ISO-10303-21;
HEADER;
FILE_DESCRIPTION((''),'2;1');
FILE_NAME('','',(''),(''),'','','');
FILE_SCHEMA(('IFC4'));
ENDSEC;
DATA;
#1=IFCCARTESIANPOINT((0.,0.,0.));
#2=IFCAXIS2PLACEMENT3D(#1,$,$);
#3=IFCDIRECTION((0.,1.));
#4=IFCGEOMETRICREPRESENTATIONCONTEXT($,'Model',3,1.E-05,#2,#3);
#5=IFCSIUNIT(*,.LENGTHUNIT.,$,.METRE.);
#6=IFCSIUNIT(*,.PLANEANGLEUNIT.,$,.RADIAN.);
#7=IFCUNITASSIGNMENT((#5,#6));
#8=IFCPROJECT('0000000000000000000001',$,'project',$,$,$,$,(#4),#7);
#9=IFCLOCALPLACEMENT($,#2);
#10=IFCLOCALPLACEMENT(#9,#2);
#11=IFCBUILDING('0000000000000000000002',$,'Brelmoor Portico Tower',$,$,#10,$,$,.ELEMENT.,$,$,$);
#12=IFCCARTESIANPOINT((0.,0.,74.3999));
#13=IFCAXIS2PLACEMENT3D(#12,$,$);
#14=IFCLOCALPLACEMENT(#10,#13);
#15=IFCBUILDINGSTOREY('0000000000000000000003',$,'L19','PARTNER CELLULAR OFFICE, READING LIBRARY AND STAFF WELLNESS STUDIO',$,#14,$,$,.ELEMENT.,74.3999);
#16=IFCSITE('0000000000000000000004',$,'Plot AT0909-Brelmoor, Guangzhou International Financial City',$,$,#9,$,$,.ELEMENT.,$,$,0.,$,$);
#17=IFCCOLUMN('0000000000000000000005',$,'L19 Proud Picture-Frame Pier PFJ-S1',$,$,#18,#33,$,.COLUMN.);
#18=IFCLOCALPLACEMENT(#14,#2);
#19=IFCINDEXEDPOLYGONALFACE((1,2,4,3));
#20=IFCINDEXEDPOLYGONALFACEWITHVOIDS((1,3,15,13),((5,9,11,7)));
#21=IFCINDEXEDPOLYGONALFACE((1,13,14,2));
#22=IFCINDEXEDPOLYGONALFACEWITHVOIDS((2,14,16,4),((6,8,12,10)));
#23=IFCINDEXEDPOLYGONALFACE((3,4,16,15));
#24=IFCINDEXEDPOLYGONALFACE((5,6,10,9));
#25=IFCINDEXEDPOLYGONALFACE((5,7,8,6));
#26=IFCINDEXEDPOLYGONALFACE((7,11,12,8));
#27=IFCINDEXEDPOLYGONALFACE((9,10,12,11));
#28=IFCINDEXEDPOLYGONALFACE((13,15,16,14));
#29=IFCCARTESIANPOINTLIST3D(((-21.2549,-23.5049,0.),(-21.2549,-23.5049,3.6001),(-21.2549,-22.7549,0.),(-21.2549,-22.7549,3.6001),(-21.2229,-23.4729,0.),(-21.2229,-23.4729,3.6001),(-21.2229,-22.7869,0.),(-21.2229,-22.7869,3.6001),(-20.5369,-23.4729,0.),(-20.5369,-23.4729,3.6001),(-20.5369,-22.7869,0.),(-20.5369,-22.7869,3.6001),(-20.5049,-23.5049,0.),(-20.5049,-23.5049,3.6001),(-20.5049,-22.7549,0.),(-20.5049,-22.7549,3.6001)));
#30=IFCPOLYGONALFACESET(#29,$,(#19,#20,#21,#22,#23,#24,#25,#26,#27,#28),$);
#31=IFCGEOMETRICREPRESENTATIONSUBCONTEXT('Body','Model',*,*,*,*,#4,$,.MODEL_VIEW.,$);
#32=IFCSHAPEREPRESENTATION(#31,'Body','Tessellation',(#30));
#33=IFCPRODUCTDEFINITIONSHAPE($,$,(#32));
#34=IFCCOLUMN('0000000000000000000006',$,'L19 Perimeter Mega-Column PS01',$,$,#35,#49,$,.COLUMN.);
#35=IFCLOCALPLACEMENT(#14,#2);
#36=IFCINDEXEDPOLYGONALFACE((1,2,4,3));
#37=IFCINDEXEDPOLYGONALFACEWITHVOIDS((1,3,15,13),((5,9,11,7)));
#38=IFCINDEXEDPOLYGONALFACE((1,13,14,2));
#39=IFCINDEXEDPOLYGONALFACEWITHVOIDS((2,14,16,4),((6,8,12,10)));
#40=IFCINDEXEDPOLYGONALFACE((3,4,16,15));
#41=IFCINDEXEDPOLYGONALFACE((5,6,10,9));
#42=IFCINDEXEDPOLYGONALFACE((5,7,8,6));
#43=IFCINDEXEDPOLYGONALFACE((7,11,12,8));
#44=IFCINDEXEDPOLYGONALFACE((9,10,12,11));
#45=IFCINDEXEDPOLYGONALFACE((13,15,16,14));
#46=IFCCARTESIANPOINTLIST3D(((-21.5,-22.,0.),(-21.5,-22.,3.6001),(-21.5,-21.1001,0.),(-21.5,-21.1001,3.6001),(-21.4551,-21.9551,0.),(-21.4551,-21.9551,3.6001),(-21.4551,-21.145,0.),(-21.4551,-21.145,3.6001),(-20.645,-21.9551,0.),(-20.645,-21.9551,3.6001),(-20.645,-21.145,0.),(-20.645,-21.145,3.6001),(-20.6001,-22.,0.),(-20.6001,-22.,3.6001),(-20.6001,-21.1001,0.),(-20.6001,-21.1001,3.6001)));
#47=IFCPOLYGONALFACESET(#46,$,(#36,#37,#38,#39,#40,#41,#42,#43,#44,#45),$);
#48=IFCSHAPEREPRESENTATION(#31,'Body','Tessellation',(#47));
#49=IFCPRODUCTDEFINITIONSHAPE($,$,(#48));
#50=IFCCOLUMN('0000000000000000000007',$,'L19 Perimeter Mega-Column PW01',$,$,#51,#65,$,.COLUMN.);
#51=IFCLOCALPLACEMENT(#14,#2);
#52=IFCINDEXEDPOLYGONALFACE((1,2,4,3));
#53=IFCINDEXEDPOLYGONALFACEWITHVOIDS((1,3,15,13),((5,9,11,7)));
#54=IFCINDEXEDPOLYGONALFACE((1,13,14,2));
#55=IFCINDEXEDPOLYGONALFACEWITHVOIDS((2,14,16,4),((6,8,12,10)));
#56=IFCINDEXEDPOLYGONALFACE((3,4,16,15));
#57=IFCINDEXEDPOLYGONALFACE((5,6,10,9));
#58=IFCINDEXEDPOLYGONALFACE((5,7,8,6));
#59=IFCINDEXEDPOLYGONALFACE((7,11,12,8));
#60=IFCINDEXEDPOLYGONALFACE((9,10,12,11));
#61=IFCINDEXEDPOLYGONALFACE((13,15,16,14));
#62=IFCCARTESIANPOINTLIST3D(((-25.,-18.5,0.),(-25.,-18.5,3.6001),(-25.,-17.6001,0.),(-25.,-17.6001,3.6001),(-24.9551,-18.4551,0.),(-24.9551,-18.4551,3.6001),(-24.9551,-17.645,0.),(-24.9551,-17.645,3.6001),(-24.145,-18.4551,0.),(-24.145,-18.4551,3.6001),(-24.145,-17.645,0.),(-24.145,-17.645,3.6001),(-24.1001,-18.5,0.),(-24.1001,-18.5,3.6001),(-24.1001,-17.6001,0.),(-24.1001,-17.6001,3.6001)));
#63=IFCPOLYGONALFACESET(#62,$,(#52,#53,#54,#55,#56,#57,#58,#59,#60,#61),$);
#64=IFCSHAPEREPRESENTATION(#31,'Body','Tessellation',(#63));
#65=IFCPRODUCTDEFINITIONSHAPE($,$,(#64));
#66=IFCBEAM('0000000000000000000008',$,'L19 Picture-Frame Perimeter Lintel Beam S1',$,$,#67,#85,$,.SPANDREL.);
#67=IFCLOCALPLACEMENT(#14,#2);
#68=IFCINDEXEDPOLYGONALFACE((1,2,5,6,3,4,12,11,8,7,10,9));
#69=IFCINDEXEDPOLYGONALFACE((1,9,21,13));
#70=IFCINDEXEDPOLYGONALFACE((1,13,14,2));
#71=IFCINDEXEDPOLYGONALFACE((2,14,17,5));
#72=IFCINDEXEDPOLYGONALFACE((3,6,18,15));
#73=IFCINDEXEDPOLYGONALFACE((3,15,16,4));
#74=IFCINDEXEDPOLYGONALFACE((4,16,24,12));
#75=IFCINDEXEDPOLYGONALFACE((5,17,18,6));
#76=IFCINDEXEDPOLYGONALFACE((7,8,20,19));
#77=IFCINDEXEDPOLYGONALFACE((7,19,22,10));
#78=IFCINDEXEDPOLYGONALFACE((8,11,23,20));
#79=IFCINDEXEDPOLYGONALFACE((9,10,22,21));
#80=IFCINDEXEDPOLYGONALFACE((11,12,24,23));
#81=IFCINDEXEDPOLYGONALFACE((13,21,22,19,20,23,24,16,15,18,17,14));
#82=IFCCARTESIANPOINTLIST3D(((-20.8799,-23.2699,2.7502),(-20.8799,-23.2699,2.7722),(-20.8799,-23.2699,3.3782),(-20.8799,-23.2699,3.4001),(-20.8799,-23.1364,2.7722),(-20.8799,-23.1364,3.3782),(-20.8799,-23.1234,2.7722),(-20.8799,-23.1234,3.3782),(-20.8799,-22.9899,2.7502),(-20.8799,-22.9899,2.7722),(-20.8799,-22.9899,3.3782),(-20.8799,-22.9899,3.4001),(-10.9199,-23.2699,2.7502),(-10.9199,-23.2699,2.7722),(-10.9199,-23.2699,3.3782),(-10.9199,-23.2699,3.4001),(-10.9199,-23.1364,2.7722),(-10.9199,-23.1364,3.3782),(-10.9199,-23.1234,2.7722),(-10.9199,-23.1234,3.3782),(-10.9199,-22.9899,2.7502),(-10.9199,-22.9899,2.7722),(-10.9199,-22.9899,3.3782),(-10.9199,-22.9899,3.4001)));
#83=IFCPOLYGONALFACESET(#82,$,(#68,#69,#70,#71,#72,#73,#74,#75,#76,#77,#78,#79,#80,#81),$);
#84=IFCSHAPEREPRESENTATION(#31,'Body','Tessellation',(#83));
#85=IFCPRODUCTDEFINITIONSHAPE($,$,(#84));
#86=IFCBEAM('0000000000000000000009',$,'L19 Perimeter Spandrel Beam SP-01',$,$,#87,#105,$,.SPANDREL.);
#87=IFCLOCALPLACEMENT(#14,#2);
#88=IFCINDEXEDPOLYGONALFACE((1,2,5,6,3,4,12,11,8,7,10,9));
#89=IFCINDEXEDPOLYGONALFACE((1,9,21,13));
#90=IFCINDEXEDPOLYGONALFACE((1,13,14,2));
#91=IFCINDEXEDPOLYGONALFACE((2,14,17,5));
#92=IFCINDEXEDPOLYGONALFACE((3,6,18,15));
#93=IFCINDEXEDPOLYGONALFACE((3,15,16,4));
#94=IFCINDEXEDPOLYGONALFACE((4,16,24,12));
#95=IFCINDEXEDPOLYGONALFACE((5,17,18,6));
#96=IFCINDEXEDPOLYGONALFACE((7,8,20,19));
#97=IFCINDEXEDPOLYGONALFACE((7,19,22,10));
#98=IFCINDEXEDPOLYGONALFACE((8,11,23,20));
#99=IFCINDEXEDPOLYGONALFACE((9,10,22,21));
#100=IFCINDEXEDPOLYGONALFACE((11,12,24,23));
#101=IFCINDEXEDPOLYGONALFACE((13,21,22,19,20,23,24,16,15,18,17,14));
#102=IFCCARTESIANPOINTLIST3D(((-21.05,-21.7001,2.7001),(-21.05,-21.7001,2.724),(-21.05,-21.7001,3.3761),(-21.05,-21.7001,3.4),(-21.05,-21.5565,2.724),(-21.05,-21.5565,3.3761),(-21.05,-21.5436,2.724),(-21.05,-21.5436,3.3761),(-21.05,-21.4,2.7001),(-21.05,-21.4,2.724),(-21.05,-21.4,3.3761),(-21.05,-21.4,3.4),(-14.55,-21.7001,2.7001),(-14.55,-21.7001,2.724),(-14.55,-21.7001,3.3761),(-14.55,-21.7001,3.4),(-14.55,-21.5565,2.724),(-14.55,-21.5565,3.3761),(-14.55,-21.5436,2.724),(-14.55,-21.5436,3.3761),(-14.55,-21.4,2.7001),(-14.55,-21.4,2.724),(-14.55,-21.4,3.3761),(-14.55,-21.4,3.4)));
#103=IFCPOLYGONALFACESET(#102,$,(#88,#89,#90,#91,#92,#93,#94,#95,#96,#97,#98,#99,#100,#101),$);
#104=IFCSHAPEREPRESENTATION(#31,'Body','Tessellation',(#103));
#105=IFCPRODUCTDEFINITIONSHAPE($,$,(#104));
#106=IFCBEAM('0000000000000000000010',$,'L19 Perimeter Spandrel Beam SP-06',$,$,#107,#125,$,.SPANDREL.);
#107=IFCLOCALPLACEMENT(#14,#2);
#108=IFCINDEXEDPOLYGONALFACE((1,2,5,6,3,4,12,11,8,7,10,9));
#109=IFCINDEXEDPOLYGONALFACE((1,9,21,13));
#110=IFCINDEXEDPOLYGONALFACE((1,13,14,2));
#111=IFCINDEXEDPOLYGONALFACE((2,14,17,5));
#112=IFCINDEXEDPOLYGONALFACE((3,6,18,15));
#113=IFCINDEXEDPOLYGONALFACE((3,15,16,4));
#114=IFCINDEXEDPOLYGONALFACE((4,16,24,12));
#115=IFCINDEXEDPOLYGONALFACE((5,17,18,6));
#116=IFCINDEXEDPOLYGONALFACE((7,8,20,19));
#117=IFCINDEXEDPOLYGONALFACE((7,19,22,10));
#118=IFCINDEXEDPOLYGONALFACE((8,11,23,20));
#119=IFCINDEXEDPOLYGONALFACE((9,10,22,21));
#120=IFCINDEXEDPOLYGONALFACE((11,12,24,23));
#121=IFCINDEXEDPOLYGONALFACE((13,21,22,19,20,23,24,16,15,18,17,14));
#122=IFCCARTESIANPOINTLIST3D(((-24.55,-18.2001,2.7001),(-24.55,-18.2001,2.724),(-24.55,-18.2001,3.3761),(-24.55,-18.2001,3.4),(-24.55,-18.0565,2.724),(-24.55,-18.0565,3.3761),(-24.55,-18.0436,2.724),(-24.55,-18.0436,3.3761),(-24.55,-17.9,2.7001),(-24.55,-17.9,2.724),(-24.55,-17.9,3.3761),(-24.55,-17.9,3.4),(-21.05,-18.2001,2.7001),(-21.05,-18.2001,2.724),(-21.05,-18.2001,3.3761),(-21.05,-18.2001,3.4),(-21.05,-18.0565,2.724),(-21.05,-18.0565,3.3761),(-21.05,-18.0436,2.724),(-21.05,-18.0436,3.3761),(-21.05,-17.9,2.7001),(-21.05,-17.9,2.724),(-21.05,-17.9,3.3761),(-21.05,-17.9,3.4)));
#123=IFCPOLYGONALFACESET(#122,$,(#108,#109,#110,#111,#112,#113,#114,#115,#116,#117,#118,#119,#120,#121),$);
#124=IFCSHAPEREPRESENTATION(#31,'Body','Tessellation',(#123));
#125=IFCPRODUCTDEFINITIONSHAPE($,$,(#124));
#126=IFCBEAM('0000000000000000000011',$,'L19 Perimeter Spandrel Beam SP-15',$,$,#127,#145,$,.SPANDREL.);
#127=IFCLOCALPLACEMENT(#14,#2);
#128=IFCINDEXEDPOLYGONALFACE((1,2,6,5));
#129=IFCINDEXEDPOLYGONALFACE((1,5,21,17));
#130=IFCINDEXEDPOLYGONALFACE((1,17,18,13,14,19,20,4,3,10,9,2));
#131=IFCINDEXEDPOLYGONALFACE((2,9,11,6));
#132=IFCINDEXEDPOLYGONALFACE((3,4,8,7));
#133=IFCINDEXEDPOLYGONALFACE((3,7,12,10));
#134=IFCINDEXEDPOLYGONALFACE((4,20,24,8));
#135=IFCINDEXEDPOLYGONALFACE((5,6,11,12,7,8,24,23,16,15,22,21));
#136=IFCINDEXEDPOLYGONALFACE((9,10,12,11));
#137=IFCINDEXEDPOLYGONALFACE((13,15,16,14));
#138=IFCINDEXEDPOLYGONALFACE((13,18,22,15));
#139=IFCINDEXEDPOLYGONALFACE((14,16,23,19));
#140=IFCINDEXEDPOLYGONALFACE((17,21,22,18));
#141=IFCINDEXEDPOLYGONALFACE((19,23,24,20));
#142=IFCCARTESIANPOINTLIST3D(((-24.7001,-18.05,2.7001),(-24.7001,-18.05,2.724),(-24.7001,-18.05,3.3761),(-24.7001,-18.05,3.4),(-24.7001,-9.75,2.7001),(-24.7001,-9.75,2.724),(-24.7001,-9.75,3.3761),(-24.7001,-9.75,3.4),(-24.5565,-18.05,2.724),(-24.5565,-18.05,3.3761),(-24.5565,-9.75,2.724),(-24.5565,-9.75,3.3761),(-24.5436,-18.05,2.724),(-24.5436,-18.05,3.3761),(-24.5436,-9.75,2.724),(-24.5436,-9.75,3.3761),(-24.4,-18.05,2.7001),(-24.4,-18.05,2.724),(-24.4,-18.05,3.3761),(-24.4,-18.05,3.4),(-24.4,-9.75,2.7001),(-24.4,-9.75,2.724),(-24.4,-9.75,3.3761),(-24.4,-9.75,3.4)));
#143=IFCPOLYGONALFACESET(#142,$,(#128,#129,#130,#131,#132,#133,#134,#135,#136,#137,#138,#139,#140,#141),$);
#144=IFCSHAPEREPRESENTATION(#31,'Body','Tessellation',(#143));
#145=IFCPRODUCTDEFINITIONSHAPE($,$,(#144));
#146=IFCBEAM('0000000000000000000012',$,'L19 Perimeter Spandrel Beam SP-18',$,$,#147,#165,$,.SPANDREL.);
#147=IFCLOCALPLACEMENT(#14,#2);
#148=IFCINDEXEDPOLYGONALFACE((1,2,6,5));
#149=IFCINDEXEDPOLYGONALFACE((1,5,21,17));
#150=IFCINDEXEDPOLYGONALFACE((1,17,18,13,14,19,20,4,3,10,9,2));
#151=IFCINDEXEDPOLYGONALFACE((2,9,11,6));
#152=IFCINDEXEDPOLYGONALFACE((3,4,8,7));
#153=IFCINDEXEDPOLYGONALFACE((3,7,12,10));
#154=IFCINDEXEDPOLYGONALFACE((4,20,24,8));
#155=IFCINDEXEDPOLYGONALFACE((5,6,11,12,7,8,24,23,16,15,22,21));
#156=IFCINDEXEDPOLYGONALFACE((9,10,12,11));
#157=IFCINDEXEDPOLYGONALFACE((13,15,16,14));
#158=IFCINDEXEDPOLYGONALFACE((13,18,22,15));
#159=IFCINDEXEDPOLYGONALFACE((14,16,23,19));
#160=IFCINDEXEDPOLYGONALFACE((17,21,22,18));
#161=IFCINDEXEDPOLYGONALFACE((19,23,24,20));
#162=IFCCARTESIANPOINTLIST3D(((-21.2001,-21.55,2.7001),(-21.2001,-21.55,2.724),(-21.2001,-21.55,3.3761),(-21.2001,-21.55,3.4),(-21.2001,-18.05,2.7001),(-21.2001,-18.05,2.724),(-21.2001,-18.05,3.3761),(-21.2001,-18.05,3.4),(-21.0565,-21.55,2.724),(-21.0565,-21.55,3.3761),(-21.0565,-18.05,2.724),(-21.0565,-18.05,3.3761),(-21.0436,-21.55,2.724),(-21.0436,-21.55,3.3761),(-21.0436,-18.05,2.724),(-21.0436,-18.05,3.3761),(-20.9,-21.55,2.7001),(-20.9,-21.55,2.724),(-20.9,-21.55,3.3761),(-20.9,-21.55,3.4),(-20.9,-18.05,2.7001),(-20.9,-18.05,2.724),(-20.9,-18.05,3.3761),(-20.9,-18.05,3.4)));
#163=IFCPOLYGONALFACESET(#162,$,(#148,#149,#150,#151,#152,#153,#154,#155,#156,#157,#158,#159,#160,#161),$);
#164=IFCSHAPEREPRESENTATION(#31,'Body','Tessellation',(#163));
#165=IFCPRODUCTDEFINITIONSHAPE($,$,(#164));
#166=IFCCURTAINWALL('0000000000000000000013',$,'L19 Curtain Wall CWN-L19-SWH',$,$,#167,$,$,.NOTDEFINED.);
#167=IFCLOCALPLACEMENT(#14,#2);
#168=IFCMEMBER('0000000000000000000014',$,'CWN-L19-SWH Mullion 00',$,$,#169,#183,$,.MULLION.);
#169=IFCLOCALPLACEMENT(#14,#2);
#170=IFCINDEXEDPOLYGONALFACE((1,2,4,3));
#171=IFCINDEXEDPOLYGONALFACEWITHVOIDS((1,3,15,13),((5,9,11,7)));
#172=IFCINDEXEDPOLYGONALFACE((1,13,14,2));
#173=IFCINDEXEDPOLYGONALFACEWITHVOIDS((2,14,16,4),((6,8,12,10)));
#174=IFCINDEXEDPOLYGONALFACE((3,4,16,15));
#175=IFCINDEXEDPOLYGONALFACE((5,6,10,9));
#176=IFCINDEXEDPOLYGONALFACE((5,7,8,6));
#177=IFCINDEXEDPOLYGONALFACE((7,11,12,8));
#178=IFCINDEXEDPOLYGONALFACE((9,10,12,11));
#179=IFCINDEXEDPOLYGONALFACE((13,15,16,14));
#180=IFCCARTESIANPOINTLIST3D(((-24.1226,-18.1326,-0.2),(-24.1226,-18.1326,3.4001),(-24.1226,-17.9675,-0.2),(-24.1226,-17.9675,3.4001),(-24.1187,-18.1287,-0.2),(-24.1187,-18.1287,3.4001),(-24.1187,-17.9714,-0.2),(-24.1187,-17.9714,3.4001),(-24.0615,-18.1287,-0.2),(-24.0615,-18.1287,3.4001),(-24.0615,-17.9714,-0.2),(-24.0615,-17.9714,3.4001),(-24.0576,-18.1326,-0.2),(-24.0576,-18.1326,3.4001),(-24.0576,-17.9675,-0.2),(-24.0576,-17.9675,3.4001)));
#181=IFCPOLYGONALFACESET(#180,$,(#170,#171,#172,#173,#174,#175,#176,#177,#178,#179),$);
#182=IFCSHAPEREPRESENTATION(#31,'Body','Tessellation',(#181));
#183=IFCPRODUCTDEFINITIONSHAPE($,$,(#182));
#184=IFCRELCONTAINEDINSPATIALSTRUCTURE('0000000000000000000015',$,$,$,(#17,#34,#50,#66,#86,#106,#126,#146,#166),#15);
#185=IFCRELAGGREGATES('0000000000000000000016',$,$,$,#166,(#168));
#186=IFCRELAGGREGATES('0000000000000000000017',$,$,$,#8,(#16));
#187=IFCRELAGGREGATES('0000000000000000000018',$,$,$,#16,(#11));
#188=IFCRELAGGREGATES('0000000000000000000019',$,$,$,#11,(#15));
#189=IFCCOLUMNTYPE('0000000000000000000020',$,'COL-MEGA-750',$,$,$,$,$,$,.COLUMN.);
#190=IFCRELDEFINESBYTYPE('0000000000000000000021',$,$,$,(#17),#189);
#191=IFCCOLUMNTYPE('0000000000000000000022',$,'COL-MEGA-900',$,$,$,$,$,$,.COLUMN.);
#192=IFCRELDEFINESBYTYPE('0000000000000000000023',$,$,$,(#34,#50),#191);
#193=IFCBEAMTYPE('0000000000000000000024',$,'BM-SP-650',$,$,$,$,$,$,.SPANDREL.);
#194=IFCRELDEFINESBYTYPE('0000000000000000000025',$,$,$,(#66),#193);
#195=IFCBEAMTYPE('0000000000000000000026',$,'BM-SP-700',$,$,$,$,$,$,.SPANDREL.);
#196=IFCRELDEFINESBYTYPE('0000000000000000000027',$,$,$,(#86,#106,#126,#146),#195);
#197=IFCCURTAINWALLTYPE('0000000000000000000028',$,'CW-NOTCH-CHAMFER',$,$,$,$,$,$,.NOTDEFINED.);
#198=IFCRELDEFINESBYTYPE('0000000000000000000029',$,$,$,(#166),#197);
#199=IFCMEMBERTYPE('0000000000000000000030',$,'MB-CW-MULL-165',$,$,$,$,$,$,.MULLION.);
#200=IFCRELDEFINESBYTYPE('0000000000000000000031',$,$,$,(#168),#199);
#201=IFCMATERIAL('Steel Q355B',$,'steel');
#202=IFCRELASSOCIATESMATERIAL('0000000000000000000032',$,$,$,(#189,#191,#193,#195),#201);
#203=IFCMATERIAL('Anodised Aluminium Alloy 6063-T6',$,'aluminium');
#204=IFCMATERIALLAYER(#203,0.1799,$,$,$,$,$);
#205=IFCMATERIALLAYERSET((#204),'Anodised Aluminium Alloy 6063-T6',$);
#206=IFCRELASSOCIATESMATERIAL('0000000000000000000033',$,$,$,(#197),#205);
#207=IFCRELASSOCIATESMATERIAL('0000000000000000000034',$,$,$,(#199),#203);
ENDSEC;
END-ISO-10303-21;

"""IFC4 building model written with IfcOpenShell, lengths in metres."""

from ifc_helpers import new_model, si_unit, direction, frame, origin, origin_2d, place, context, subcontext, project, spatial, hollow_rectangle, i_section, extrude, material, layer, layer_set, material_profile, profile_set, type_object, element, aggregate, save


model = new_model("IFC4")

# Units and contexts
model_context = context("Model", 3, precision=1e-05, world=origin(), true_north=direction((0.0, 1.0)))
body_context = subcontext(model_context, "Body", "Model", "MODEL_VIEW")
ifc_project = project(units=[si_unit("LENGTHUNIT", "METRE"), si_unit("PLANEANGLEUNIT", "RADIAN")], contexts=[model_context])

# Site, building, storey
site_placement = place(None, origin())
site = spatial("IfcSite", under=ifc_project, at=site_placement, Name="Plot AT0909-Brelmoor, Guangzhou International Financial City", CompositionType="ELEMENT", RefElevation=0.0)
building_placement = place(site_placement, origin())
building = spatial("IfcBuilding", under=site, at=building_placement, Name="Brelmoor Portico Tower", CompositionType="ELEMENT")
storey_placement = place(building_placement, frame((0.0, 0.0, 74.3999)))
storey = spatial("IfcBuildingStorey", under=building, at=storey_placement, Name="L19", Description="PARTNER CELLULAR OFFICE, READING LIBRARY AND STAFF WELLNESS STUDIO", CompositionType="ELEMENT", Elevation=74.3999)

# Columns
ifc_material_1 = material(Name="Steel Q355B", Category="steel")
ifc_material_profile_1 = material_profile(ifc_material_1, hollow_rectangle(XDim=0.75, YDim=0.75, WallThickness=0.032, at=origin_2d()), Name="BOX 750x750x32")
ifc_profile_set_1 = profile_set([ifc_material_profile_1], Name="Steel Q355B")
column_type_1 = type_object("IfcColumnType", Name="COL-MEGA-750", PredefinedType="COLUMN", material=ifc_profile_set_1)
column_placement = place(storey_placement, frame((-20.8799, -23.1299, 0.0), z_axis=(0.0, 0.0, 1.0), x_axis=(1.0, 0.0, 0.0)))
element("IfcColumn", 1, at=column_placement, inside=storey, type_object=column_type_1, Name="L19 Proud Picture-Frame Pier PFJ-S1", PredefinedType="COLUMN", context=body_context, shape_type="SweptSolid", body=[
    extrude(hollow_rectangle(XDim=0.75, YDim=0.75, WallThickness=0.032, at=origin_2d()), origin(), (0.0, 0.0, 1.0), 3.6001),
])
ifc_material_profile_2 = material_profile(ifc_material_1, hollow_rectangle(XDim=0.8999, YDim=0.8999, WallThickness=0.0449, at=origin_2d()), Name="BOX 900x900x45")
ifc_profile_set_2 = profile_set([ifc_material_profile_2], Name="Steel Q355B")
column_type_2 = type_object("IfcColumnType", Name="COL-MEGA-900", PredefinedType="COLUMN", material=ifc_profile_set_2)
for number, where, z_axis, x_axis, name in (
    (2, (-21.05, -21.55, 0.0), (0.0, 0.0, 1.0), (1.0, 0.0, 0.0), "L19 Perimeter Mega-Column PS01"),
    (3, (-24.55, -18.05, 0.0), (0.0, 0.0, 1.0), (0.0, 1.0, 0.0), "L19 Perimeter Mega-Column PW01"),
):
    element("IfcColumn", number, at=place(storey_placement, frame(where, z_axis=z_axis, x_axis=x_axis)), inside=storey, type_object=column_type_2, Name=name, PredefinedType="COLUMN", context=body_context, shape_type="SweptSolid", body=[
        extrude(hollow_rectangle(XDim=0.8999, YDim=0.8999, WallThickness=0.0449, at=origin_2d()), origin(), (0.0, 0.0, 1.0), 3.6001),
    ])

# Beams
ifc_material_profile_3 = material_profile(ifc_material_1, i_section(OverallWidth=0.28, OverallDepth=0.6499, WebThickness=0.0129, FlangeThickness=0.022, at=origin_2d()), Name="HN 650x280x13x22")
ifc_profile_set_3 = profile_set([ifc_material_profile_3], Name="Steel Q355B")
beam_type_1 = type_object("IfcBeamType", Name="BM-SP-650", PredefinedType="SPANDREL", material=ifc_profile_set_3)
beam_1_placement = place(storey_placement, frame((-20.8799, -23.1299, 3.0752), z_axis=(1.0, 0.0, 0.0), x_axis=(0.0, 1.0, 0.0)))
element("IfcBeam", 4, at=beam_1_placement, inside=storey, type_object=beam_type_1, Name="L19 Picture-Frame Perimeter Lintel Beam S1", PredefinedType="SPANDREL", context=body_context, shape_type="SweptSolid", body=[
    extrude(i_section(OverallWidth=0.28, OverallDepth=0.6499, WebThickness=0.0129, FlangeThickness=0.022, at=origin_2d()), origin(), (0.0, 0.0, 1.0), 9.96),
])
ifc_material_profile_4 = material_profile(ifc_material_1, i_section(OverallWidth=0.3, OverallDepth=0.7, WebThickness=0.0129, FlangeThickness=0.0239, at=origin_2d()), Name="HN 700x300x13x24")
ifc_profile_set_4 = profile_set([ifc_material_profile_4], Name="Steel Q355B")
beam_type_2 = type_object("IfcBeamType", Name="BM-SP-700", PredefinedType="SPANDREL", material=ifc_profile_set_4)
beam_2_placement = place(storey_placement, frame((-21.05, -21.55, 3.05), z_axis=(1.0, 0.0, 0.0), x_axis=(0.0, 1.0, 0.0)))
element("IfcBeam", 5, at=beam_2_placement, inside=storey, type_object=beam_type_2, Name="L19 Perimeter Spandrel Beam SP-01", PredefinedType="SPANDREL", context=body_context, shape_type="SweptSolid", body=[
    extrude(i_section(OverallWidth=0.3, OverallDepth=0.7, WebThickness=0.0129, FlangeThickness=0.0239, at=origin_2d()), origin(), (0.0, 0.0, 1.0), 6.5),
])
beam_3_placement = place(storey_placement, frame((-24.55, -18.05, 3.05), z_axis=(1.0, 0.0, 0.0), x_axis=(0.0, 1.0, 0.0)))
element("IfcBeam", 6, at=beam_3_placement, inside=storey, type_object=beam_type_2, Name="L19 Perimeter Spandrel Beam SP-06", PredefinedType="SPANDREL", context=body_context, shape_type="SweptSolid", body=[
    extrude(i_section(OverallWidth=0.3, OverallDepth=0.7, WebThickness=0.0129, FlangeThickness=0.0239, at=origin_2d()), origin(), (0.0, 0.0, 1.0), 3.5),
])
beam_4_placement = place(storey_placement, frame((-24.55, -18.05, 3.05), z_axis=(0.0, 1.0, 0.0), x_axis=(-1.0, 0.0, 0.0)))
element("IfcBeam", 7, at=beam_4_placement, inside=storey, type_object=beam_type_2, Name="L19 Perimeter Spandrel Beam SP-15", PredefinedType="SPANDREL", context=body_context, shape_type="SweptSolid", body=[
    extrude(i_section(OverallWidth=0.3, OverallDepth=0.7, WebThickness=0.0129, FlangeThickness=0.0239, at=origin_2d()), origin(), (0.0, 0.0, 1.0), 8.3),
])
beam_5_placement = place(storey_placement, frame((-21.05, -21.55, 3.05), z_axis=(0.0, 1.0, 0.0), x_axis=(-1.0, 0.0, 0.0)))
element("IfcBeam", 8, at=beam_5_placement, inside=storey, type_object=beam_type_2, Name="L19 Perimeter Spandrel Beam SP-18", PredefinedType="SPANDREL", context=body_context, shape_type="SweptSolid", body=[
    extrude(i_section(OverallWidth=0.3, OverallDepth=0.7, WebThickness=0.0129, FlangeThickness=0.0239, at=origin_2d()), origin(), (0.0, 0.0, 1.0), 3.5),
])

# Curtain wall, member
ifc_material_2 = material(Name="Anodised Aluminium Alloy 6063-T6", Category="aluminium")
ifc_layer_1 = layer(ifc_material_2, 0.1799)
ifc_layer_set_1 = layer_set([ifc_layer_1], Name="Anodised Aluminium Alloy 6063-T6")
curtain_wall_type = type_object("IfcCurtainWallType", Name="CW-NOTCH-CHAMFER", PredefinedType="NOTDEFINED", material=ifc_layer_set_1)
curtain_wall_1_placement = place(storey_placement, origin())
curtain_wall_1 = element("IfcCurtainWall", 9, at=curtain_wall_1_placement, inside=storey, type_object=curtain_wall_type, Name="L19 Curtain Wall CWN-L19-SWH", PredefinedType="NOTDEFINED")
ifc_material_profile_5 = material_profile(ifc_material_2, hollow_rectangle(XDim=0.0649, YDim=0.165, WallThickness=0.0039, at=origin_2d()), Name="ALU MULLION 65x165")
ifc_profile_set_5 = profile_set([ifc_material_profile_5], Name="Anodised Aluminium Alloy 6063-T6")
member_type_1 = type_object("IfcMemberType", Name="MB-CW-MULL-165", PredefinedType="MULLION", material=ifc_profile_set_5)
member_1_placement = place(storey_placement, frame((-24.0901, -18.05, -0.2), z_axis=(0.0, 0.0, 1.0), x_axis=(1.0, 0.0, 0.0)))
member_1 = element("IfcMember", 10, at=member_1_placement, type_object=member_type_1, Name="CWN-L19-SWH Mullion 00", PredefinedType="MULLION", context=body_context, shape_type="SweptSolid", body=[
    extrude(hollow_rectangle(XDim=0.0649, YDim=0.165, WallThickness=0.0039, at=origin_2d()), origin(), (0.0, 0.0, 1.0), 3.6001),
])

aggregate(curtain_wall_1, [member_1])

save(model, "model.ifc")
